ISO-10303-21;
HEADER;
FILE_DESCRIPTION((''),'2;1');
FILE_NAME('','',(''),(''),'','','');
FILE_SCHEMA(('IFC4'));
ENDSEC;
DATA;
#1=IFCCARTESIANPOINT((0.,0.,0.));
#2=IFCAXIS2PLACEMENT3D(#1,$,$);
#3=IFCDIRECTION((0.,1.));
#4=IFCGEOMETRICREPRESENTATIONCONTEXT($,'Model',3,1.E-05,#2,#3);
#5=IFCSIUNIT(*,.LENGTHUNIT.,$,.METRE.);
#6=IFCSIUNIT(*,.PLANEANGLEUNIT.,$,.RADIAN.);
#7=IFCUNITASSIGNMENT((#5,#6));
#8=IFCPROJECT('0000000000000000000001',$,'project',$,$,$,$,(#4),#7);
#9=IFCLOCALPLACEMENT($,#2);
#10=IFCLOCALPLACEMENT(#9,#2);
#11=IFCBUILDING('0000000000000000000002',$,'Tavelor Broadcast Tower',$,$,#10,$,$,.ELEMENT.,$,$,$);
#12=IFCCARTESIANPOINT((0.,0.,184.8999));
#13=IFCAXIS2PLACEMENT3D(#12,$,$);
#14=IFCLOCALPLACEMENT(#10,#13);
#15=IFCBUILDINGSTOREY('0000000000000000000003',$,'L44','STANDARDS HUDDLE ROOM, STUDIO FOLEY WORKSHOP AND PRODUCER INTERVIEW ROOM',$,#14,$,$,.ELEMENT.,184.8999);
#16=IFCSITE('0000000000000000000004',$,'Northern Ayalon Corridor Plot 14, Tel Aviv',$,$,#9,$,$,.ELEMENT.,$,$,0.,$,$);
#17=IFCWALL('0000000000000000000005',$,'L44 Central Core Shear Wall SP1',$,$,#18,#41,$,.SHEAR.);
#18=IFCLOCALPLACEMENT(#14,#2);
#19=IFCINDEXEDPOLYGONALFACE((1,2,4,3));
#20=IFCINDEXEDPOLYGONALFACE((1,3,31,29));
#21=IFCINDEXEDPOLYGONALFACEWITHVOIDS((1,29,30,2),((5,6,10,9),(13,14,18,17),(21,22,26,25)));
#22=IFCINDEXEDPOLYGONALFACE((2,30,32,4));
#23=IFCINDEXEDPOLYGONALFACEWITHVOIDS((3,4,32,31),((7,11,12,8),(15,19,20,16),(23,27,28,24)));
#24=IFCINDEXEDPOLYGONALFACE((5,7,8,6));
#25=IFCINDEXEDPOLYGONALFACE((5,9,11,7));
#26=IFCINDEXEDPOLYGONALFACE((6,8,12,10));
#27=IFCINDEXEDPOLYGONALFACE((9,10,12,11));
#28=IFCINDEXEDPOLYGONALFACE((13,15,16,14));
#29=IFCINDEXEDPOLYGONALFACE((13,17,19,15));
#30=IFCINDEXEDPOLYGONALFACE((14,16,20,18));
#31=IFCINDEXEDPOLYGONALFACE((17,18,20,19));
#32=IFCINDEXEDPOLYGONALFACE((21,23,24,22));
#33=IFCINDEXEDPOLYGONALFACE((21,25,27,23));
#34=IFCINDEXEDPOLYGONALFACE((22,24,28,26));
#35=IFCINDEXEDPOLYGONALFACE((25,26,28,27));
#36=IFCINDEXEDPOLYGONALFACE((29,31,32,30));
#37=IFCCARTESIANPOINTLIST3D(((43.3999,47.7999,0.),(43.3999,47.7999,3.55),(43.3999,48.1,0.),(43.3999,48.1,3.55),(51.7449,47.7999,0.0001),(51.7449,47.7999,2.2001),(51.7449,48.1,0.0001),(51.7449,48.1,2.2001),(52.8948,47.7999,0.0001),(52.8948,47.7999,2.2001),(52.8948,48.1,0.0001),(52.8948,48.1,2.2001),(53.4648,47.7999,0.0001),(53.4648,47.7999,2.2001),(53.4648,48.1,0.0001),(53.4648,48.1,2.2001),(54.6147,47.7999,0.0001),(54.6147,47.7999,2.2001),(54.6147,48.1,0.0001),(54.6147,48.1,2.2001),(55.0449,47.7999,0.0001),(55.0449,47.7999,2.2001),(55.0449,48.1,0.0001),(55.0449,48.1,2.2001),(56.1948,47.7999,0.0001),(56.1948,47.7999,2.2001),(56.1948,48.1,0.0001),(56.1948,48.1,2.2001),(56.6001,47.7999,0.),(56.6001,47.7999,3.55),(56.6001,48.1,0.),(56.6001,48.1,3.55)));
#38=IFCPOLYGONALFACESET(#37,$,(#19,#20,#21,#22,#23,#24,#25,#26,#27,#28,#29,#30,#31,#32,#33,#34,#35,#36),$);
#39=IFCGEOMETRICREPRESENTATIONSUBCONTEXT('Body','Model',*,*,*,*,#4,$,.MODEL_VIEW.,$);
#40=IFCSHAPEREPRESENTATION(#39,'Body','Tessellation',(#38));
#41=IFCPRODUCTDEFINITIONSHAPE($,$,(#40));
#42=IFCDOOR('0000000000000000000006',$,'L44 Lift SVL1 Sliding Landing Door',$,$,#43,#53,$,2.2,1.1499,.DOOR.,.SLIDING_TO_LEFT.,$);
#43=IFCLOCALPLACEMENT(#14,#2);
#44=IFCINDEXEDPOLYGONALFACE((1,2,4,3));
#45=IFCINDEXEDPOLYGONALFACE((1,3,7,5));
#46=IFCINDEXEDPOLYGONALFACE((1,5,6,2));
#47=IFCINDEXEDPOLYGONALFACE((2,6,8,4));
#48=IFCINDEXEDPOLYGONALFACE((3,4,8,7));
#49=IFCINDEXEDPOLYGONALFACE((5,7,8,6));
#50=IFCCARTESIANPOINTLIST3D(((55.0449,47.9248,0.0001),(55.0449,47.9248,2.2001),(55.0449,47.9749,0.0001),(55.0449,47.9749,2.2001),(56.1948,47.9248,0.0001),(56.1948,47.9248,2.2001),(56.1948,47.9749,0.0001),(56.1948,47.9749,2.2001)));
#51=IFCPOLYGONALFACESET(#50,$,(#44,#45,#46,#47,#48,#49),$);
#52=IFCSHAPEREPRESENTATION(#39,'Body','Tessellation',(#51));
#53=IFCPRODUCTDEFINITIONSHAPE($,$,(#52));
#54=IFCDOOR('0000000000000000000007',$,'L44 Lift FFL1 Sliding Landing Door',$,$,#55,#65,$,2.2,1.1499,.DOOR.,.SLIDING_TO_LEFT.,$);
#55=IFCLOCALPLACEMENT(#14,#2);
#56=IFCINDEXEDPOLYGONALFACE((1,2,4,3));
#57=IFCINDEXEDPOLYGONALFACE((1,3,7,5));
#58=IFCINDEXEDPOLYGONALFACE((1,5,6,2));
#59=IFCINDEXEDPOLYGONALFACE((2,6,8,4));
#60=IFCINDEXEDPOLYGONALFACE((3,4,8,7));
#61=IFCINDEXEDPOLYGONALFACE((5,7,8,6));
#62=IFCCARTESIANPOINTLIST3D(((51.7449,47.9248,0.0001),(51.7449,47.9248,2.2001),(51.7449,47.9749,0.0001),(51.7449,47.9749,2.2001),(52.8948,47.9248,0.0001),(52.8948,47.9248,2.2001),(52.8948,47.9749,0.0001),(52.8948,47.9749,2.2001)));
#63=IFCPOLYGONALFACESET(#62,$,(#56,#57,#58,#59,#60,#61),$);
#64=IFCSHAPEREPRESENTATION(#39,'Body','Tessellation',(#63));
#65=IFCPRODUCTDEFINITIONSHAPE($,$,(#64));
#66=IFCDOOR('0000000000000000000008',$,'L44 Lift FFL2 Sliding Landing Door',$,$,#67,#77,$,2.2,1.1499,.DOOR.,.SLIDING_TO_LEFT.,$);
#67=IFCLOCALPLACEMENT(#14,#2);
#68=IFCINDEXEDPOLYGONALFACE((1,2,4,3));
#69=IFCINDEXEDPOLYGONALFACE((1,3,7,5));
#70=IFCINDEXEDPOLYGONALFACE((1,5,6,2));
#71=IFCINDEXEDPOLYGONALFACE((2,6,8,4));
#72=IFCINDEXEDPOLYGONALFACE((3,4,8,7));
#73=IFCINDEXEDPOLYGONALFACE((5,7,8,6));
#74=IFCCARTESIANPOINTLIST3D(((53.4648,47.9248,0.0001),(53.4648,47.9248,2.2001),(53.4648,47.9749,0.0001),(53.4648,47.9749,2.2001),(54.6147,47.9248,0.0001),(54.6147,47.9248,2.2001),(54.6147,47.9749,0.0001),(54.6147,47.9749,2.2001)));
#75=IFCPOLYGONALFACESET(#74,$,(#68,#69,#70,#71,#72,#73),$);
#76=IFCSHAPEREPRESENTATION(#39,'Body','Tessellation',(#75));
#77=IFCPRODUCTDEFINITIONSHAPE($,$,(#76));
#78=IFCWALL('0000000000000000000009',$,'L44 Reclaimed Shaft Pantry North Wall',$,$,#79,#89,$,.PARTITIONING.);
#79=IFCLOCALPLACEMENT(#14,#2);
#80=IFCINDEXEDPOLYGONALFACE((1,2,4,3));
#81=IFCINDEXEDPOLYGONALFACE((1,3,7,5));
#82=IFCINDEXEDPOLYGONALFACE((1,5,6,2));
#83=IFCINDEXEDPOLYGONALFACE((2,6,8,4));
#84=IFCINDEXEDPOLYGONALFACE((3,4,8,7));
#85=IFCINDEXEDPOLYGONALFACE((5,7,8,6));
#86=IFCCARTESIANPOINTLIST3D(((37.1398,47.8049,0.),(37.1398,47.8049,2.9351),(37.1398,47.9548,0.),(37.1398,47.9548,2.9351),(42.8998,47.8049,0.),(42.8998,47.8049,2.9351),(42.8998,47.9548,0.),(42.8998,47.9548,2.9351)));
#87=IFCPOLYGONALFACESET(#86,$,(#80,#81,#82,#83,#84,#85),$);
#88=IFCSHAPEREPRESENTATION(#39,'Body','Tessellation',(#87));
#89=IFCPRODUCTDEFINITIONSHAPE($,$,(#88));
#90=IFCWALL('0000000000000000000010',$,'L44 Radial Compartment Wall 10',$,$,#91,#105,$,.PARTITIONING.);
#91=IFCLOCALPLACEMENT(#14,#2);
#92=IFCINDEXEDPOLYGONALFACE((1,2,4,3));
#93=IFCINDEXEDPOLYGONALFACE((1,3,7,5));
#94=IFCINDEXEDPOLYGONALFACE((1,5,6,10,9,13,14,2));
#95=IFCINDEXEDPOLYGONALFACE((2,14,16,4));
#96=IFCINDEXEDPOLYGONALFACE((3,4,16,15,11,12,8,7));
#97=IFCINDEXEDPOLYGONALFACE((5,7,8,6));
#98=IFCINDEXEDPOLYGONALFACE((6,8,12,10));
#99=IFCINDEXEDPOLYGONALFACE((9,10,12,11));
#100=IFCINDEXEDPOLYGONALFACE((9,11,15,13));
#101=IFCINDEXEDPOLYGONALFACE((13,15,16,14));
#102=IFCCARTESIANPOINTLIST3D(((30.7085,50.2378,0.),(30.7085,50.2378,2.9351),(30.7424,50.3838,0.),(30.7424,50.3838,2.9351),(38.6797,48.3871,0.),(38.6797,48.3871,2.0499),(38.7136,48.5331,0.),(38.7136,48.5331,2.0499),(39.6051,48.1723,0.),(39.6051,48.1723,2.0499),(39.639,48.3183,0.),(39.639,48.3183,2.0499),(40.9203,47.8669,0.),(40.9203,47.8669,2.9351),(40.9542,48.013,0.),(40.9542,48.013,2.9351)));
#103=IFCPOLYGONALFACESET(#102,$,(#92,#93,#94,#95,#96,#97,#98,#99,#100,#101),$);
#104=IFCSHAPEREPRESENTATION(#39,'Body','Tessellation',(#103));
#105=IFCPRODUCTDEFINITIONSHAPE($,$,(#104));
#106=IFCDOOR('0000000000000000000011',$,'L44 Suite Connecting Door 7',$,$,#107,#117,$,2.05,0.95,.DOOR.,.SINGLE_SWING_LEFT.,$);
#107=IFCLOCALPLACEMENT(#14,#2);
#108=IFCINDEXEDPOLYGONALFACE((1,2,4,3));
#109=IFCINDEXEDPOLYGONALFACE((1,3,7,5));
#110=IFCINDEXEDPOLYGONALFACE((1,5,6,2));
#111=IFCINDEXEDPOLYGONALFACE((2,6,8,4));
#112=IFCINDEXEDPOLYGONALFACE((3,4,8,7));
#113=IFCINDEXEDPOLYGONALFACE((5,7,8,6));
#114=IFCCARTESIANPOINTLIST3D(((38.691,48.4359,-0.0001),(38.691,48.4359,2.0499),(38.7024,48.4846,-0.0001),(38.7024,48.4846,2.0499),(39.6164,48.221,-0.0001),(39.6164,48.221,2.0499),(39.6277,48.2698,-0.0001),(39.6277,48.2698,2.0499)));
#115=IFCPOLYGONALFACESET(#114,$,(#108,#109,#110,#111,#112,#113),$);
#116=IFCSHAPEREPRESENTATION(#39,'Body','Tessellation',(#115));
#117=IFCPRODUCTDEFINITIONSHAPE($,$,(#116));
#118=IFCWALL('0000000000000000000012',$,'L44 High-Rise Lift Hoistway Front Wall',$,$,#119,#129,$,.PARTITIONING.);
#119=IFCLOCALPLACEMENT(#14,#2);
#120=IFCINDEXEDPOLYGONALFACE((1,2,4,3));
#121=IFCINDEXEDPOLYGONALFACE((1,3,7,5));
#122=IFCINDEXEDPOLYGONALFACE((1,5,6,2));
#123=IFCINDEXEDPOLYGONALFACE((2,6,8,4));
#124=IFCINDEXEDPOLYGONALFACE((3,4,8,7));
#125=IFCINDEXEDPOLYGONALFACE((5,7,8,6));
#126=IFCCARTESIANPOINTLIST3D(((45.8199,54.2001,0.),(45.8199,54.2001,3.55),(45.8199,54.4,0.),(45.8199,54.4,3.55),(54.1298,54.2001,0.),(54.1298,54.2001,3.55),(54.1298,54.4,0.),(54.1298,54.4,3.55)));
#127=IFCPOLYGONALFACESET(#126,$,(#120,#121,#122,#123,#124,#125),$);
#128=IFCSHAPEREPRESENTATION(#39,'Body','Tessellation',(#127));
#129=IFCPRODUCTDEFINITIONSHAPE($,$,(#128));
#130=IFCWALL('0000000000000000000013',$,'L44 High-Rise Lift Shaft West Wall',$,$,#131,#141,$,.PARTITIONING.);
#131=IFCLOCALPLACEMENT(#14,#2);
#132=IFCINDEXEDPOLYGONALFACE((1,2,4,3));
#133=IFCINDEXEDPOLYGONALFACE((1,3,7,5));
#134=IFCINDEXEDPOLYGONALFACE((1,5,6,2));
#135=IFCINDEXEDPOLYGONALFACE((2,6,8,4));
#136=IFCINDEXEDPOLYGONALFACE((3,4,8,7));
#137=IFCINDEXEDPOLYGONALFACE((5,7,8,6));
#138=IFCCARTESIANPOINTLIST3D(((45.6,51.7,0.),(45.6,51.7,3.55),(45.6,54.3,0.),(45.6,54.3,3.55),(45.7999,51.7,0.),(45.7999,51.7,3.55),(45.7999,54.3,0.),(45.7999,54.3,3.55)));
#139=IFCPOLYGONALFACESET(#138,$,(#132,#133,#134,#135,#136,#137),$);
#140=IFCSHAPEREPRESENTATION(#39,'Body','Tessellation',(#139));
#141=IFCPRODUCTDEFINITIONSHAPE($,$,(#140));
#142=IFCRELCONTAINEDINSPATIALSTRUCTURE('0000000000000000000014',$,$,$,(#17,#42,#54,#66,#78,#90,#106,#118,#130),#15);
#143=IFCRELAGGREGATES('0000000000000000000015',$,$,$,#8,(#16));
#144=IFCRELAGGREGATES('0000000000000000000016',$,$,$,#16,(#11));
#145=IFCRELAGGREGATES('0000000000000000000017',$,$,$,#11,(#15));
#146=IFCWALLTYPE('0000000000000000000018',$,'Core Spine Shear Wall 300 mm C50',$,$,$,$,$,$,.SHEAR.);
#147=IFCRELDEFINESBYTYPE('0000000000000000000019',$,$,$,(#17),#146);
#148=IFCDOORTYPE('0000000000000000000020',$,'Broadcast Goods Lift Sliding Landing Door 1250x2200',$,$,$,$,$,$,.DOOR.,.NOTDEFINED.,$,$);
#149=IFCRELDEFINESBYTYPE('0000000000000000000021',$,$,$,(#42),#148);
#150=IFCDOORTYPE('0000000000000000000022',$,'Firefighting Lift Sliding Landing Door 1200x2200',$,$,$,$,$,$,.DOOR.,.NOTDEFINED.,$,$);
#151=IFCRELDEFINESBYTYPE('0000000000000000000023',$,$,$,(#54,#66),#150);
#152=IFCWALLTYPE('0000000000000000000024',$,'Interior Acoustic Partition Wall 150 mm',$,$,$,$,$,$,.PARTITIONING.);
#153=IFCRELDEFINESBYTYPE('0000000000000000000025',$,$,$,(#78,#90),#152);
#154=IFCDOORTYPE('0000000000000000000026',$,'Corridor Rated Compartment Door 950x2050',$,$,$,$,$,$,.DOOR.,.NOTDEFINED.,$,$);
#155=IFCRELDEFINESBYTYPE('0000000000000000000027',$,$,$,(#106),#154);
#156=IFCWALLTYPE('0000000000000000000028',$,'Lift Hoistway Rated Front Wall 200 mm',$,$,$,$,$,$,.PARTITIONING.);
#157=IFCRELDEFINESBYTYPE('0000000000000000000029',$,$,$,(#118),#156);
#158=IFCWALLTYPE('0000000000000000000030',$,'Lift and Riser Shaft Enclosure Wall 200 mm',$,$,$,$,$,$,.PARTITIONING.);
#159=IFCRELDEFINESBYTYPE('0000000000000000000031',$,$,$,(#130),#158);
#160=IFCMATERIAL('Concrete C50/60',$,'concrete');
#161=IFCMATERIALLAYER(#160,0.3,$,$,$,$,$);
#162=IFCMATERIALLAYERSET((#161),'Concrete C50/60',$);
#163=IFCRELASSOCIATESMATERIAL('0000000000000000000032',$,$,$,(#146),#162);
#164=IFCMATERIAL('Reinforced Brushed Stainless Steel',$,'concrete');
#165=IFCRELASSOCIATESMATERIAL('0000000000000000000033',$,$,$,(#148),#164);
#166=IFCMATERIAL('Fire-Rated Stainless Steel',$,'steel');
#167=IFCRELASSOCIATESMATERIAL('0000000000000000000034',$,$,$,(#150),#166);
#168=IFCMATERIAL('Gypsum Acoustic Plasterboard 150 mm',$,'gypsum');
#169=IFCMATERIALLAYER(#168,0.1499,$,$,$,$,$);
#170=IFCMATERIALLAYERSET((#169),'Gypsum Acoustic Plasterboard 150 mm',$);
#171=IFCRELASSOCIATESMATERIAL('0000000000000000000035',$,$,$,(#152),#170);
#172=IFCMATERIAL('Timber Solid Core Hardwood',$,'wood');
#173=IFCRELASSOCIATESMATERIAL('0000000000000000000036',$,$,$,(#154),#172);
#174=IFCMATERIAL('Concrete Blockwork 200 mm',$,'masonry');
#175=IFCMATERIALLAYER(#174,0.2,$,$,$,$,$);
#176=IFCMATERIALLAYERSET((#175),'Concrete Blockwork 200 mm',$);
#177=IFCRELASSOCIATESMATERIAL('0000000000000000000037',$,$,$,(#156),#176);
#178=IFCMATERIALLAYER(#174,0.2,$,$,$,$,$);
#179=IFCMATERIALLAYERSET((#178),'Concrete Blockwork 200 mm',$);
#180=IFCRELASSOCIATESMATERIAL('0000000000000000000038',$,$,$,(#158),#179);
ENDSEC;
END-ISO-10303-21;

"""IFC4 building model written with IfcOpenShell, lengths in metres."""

from ifc_helpers import new_model, si_unit, direction, frame, frame_2d, origin, place, context, subcontext, project, spatial, rectangle, extrude, material, layer, layer_set, type_object, element, fill, save


model = new_model("IFC4")

# Units and contexts
model_context = context("Model", 3, precision=1e-05, world=origin(), true_north=direction((0.0, 1.0)))
body_context = subcontext(model_context, "Body", "Model", "MODEL_VIEW")
ifc_project = project(units=[si_unit("LENGTHUNIT", "METRE"), si_unit("PLANEANGLEUNIT", "RADIAN")], contexts=[model_context])

# Site, building, storey
site_placement = place(None, origin())
site = spatial("IfcSite", under=ifc_project, at=site_placement, Name="Northern Ayalon Corridor Plot 14, Tel Aviv", CompositionType="ELEMENT", RefElevation=0.0)
building_placement = place(site_placement, origin())
building = spatial("IfcBuilding", under=site, at=building_placement, Name="Tavelor Broadcast Tower", CompositionType="ELEMENT")
storey_placement = place(building_placement, frame((0.0, 0.0, 184.8999)))
storey = spatial("IfcBuildingStorey", under=building, at=storey_placement, Name="L44", Description="STANDARDS HUDDLE ROOM, STUDIO FOLEY WORKSHOP AND PRODUCER INTERVIEW ROOM", CompositionType="ELEMENT", Elevation=184.8999)

# Shared definitions
ifc_material_1 = material(Name="Concrete C50/60", Category="concrete")

# Wall, openings, doors
ifc_layer_1 = layer(ifc_material_1, 0.3)
ifc_layer_set_1 = layer_set([ifc_layer_1], Name="Concrete C50/60")
wall_type_1 = type_object("IfcWallType", Name="Core Spine Shear Wall 300 mm C50", PredefinedType="SHEAR", material=ifc_layer_set_1)
wall_1_placement = place(storey_placement, frame((43.3999, 47.95, 0.0), z_axis=(0.0, 0.0, 1.0), x_axis=(1.0, 0.0, 0.0)))
wall_1 = element("IfcWall", 1, at=wall_1_placement, inside=storey, type_object=wall_type_1, Name="L44 Central Core Shear Wall SP1", PredefinedType="SHEAR", context=body_context, shape_type="SweptSolid", body=[
    extrude(rectangle(XDim=13.2002, YDim=0.3, at=frame_2d((6.6001, 0.0))), origin(), (0.0, 0.0, 1.0), 3.55),
])
opening_1_placement = place(wall_1_placement, frame((8.345, 0.0, 0.0)))
opening_1 = element("IfcOpeningElement", 2, at=opening_1_placement, cuts=wall_1, PredefinedType="OPENING", context=body_context, shape_type="SweptSolid", body=[
    extrude(rectangle(XDim=1.1499, YDim=2.2, at=frame_2d((0.575, 1.1001))), frame((0.0, 0.1602, 0.0), z_axis=(0.0, -1.0, 0.0), x_axis=(1.0, 0.0, 0.0)), (0.0, 0.0, 1.0), 0.3201),
])
opening_2_placement = place(wall_1_placement, frame((10.0649, 0.0, 0.0)))
opening_2 = element("IfcOpeningElement", 3, at=opening_2_placement, cuts=wall_1, PredefinedType="OPENING", context=body_context, shape_type="SweptSolid", body=[
    extrude(rectangle(XDim=1.1499, YDim=2.2, at=frame_2d((0.575, 1.1001))), frame((0.0, 0.1602, 0.0), z_axis=(0.0, -1.0, 0.0), x_axis=(1.0, 0.0, 0.0)), (0.0, 0.0, 1.0), 0.3201),
])
opening_3_placement = place(wall_1_placement, frame((11.645, 0.0, 0.0)))
opening_3 = element("IfcOpeningElement", 4, at=opening_3_placement, cuts=wall_1, PredefinedType="OPENING", context=body_context, shape_type="SweptSolid", body=[
    extrude(rectangle(XDim=1.1499, YDim=2.2, at=frame_2d((0.575, 1.1001))), frame((0.0, 0.1602, 0.0), z_axis=(0.0, -1.0, 0.0), x_axis=(1.0, 0.0, 0.0)), (0.0, 0.0, 1.0), 0.3201),
])
ifc_material_2 = material(Name="Reinforced Brushed Stainless Steel", Category="concrete")
door_type_1 = type_object("IfcDoorType", Name="Broadcast Goods Lift Sliding Landing Door 1250x2200", OperationType="NOTDEFINED", PredefinedType="DOOR", material=ifc_material_2)
door_1_placement = place(opening_3_placement, origin())
door_1 = element("IfcDoor", 5, at=door_1_placement, inside=storey, type_object=door_type_1, Name="L44 Lift SVL1 Sliding Landing Door", OperationType="SLIDING_TO_LEFT", OverallHeight=2.2, OverallWidth=1.1499, PredefinedType="DOOR", context=body_context, shape_type="SweptSolid", body=[
    extrude(rectangle(XDim=1.1499, YDim=2.2, at=frame_2d((0.575, 1.1001))), frame((0.0, 0.0249, 0.0), z_axis=(0.0, -1.0, 0.0), x_axis=(1.0, 0.0, 0.0)), (0.0, 0.0, 1.0), 0.05),
])
fill(opening_3, door_1)
ifc_material_3 = material(Name="Fire-Rated Stainless Steel", Category="steel")
door_type_2 = type_object("IfcDoorType", Name="Firefighting Lift Sliding Landing Door 1200x2200", OperationType="NOTDEFINED", PredefinedType="DOOR", material=ifc_material_3)
door_2_placement = place(opening_1_placement, origin())
door_2 = element("IfcDoor", 6, at=door_2_placement, inside=storey, type_object=door_type_2, Name="L44 Lift FFL1 Sliding Landing Door", OperationType="SLIDING_TO_LEFT", OverallHeight=2.2, OverallWidth=1.1499, PredefinedType="DOOR", context=body_context, shape_type="SweptSolid", body=[
    extrude(rectangle(XDim=1.1499, YDim=2.2, at=frame_2d((0.575, 1.1001))), frame((0.0, 0.0249, 0.0), z_axis=(0.0, -1.0, 0.0), x_axis=(1.0, 0.0, 0.0)), (0.0, 0.0, 1.0), 0.05),
])
fill(opening_1, door_2)
door_3_placement = place(opening_2_placement, origin())
door_3 = element("IfcDoor", 7, at=door_3_placement, inside=storey, type_object=door_type_2, Name="L44 Lift FFL2 Sliding Landing Door", OperationType="SLIDING_TO_LEFT", OverallHeight=2.2, OverallWidth=1.1499, PredefinedType="DOOR", context=body_context, shape_type="SweptSolid", body=[
    extrude(rectangle(XDim=1.1499, YDim=2.2, at=frame_2d((0.575, 1.1001))), frame((0.0, 0.0249, 0.0), z_axis=(0.0, -1.0, 0.0), x_axis=(1.0, 0.0, 0.0)), (0.0, 0.0, 1.0), 0.05),
])
fill(opening_2, door_3)

# Wall
ifc_material_4 = material(Name="Gypsum Acoustic Plasterboard 150 mm", Category="gypsum")
ifc_layer_2 = layer(ifc_material_4, 0.1499)
ifc_layer_set_2 = layer_set([ifc_layer_2], Name="Gypsum Acoustic Plasterboard 150 mm")
wall_type_2 = type_object("IfcWallType", Name="Interior Acoustic Partition Wall 150 mm", PredefinedType="PARTITIONING", material=ifc_layer_set_2)
wall_2_placement = place(storey_placement, frame((37.1399, 47.8799, 0.0), z_axis=(0.0, 0.0, 1.0), x_axis=(1.0, 0.0, 0.0)))
element("IfcWall", 8, at=wall_2_placement, inside=storey, type_object=wall_type_2, Name="L44 Reclaimed Shaft Pantry North Wall", PredefinedType="PARTITIONING", context=body_context, shape_type="SweptSolid", body=[
    extrude(rectangle(XDim=5.76, YDim=0.1499, at=frame_2d((2.8799, 0.0))), origin(), (0.0, 0.0, 1.0), 2.9351),
])

# Wall, opening, door
wall_3_placement = place(storey_placement, frame((40.9373, 47.9399, 0.0), z_axis=(0.0, 0.0, 1.0), x_axis=(-0.974091, 0.226155, 0.0)))
wall_3 = element("IfcWall", 9, at=wall_3_placement, inside=storey, type_object=wall_type_2, Name="L44 Radial Compartment Wall 10", PredefinedType="PARTITIONING", context=body_context, shape_type="SweptSolid", body=[
    extrude(rectangle(XDim=10.4834, YDim=0.1499, at=frame_2d((5.2417, 0.0))), origin(), (0.0, 0.0, 1.0), 2.9351),
])
opening_4_placement = place(wall_3_placement, frame((1.3501, 0.0, 0.0)))
opening_4 = element("IfcOpeningElement", 10, at=opening_4_placement, cuts=wall_3, PredefinedType="OPENING", context=body_context, shape_type="SweptSolid", body=[
    extrude(rectangle(XDim=0.95, YDim=2.05, at=frame_2d((0.4751, 1.0249))), frame((0.0, 0.085, 0.0), z_axis=(0.0, -1.0, 0.0), x_axis=(1.0, 0.0, 0.0)), (0.0, 0.0, 1.0), 0.1699),
])
ifc_material_5 = material(Name="Timber Solid Core Hardwood", Category="wood")
door_type_3 = type_object("IfcDoorType", Name="Corridor Rated Compartment Door 950x2050", OperationType="NOTDEFINED", PredefinedType="DOOR", material=ifc_material_5)
door_4_placement = place(opening_4_placement, origin())
door_4 = element("IfcDoor", 11, at=door_4_placement, inside=storey, type_object=door_type_3, Name="L44 Suite Connecting Door 7", OperationType="SINGLE_SWING_LEFT", OverallHeight=2.05, OverallWidth=0.95, PredefinedType="DOOR", context=body_context, shape_type="SweptSolid", body=[
    extrude(rectangle(XDim=0.95, YDim=2.05, at=frame_2d((0.4751, 1.0249))), frame((0.0, 0.0249, 0.0), z_axis=(0.0, -1.0, 0.0), x_axis=(1.0, 0.0, 0.0)), (0.0, 0.0, 1.0), 0.05),
])
fill(opening_4, door_4)

# Walls
ifc_material_6 = material(Name="Concrete Blockwork 200 mm", Category="masonry")
ifc_layer_3 = layer(ifc_material_6, 0.2)
ifc_layer_set_3 = layer_set([ifc_layer_3], Name="Concrete Blockwork 200 mm")
wall_type_3 = type_object("IfcWallType", Name="Lift Hoistway Rated Front Wall 200 mm", PredefinedType="PARTITIONING", material=ifc_layer_set_3)
wall_4_placement = place(storey_placement, frame((45.8201, 54.3, 0.0), z_axis=(0.0, 0.0, 1.0), x_axis=(1.0, 0.0, 0.0)))
element("IfcWall", 12, at=wall_4_placement, inside=storey, type_object=wall_type_3, Name="L44 High-Rise Lift Hoistway Front Wall", PredefinedType="PARTITIONING", context=body_context, shape_type="SweptSolid", body=[
    extrude(rectangle(XDim=8.3098, YDim=0.2, at=frame_2d((4.1548, 0.0))), origin(), (0.0, 0.0, 1.0), 3.55),
])
ifc_layer_4 = layer(ifc_material_6, 0.2)
ifc_layer_set_4 = layer_set([ifc_layer_4], Name="Concrete Blockwork 200 mm")
wall_type_4 = type_object("IfcWallType", Name="Lift and Riser Shaft Enclosure Wall 200 mm", PredefinedType="PARTITIONING", material=ifc_layer_set_4)
wall_5_placement = place(storey_placement, frame((45.7, 51.7, 0.0), z_axis=(0.0, 0.0, 1.0), x_axis=(0.0, 1.0, 0.0)))
element("IfcWall", 13, at=wall_5_placement, inside=storey, type_object=wall_type_4, Name="L44 High-Rise Lift Shaft West Wall", PredefinedType="PARTITIONING", context=body_context, shape_type="SweptSolid", body=[
    extrude(rectangle(XDim=2.6001, YDim=0.2, at=frame_2d((1.3, 0.0))), origin(), (0.0, 0.0, 1.0), 3.55),
])

save(model, "model.ifc")
